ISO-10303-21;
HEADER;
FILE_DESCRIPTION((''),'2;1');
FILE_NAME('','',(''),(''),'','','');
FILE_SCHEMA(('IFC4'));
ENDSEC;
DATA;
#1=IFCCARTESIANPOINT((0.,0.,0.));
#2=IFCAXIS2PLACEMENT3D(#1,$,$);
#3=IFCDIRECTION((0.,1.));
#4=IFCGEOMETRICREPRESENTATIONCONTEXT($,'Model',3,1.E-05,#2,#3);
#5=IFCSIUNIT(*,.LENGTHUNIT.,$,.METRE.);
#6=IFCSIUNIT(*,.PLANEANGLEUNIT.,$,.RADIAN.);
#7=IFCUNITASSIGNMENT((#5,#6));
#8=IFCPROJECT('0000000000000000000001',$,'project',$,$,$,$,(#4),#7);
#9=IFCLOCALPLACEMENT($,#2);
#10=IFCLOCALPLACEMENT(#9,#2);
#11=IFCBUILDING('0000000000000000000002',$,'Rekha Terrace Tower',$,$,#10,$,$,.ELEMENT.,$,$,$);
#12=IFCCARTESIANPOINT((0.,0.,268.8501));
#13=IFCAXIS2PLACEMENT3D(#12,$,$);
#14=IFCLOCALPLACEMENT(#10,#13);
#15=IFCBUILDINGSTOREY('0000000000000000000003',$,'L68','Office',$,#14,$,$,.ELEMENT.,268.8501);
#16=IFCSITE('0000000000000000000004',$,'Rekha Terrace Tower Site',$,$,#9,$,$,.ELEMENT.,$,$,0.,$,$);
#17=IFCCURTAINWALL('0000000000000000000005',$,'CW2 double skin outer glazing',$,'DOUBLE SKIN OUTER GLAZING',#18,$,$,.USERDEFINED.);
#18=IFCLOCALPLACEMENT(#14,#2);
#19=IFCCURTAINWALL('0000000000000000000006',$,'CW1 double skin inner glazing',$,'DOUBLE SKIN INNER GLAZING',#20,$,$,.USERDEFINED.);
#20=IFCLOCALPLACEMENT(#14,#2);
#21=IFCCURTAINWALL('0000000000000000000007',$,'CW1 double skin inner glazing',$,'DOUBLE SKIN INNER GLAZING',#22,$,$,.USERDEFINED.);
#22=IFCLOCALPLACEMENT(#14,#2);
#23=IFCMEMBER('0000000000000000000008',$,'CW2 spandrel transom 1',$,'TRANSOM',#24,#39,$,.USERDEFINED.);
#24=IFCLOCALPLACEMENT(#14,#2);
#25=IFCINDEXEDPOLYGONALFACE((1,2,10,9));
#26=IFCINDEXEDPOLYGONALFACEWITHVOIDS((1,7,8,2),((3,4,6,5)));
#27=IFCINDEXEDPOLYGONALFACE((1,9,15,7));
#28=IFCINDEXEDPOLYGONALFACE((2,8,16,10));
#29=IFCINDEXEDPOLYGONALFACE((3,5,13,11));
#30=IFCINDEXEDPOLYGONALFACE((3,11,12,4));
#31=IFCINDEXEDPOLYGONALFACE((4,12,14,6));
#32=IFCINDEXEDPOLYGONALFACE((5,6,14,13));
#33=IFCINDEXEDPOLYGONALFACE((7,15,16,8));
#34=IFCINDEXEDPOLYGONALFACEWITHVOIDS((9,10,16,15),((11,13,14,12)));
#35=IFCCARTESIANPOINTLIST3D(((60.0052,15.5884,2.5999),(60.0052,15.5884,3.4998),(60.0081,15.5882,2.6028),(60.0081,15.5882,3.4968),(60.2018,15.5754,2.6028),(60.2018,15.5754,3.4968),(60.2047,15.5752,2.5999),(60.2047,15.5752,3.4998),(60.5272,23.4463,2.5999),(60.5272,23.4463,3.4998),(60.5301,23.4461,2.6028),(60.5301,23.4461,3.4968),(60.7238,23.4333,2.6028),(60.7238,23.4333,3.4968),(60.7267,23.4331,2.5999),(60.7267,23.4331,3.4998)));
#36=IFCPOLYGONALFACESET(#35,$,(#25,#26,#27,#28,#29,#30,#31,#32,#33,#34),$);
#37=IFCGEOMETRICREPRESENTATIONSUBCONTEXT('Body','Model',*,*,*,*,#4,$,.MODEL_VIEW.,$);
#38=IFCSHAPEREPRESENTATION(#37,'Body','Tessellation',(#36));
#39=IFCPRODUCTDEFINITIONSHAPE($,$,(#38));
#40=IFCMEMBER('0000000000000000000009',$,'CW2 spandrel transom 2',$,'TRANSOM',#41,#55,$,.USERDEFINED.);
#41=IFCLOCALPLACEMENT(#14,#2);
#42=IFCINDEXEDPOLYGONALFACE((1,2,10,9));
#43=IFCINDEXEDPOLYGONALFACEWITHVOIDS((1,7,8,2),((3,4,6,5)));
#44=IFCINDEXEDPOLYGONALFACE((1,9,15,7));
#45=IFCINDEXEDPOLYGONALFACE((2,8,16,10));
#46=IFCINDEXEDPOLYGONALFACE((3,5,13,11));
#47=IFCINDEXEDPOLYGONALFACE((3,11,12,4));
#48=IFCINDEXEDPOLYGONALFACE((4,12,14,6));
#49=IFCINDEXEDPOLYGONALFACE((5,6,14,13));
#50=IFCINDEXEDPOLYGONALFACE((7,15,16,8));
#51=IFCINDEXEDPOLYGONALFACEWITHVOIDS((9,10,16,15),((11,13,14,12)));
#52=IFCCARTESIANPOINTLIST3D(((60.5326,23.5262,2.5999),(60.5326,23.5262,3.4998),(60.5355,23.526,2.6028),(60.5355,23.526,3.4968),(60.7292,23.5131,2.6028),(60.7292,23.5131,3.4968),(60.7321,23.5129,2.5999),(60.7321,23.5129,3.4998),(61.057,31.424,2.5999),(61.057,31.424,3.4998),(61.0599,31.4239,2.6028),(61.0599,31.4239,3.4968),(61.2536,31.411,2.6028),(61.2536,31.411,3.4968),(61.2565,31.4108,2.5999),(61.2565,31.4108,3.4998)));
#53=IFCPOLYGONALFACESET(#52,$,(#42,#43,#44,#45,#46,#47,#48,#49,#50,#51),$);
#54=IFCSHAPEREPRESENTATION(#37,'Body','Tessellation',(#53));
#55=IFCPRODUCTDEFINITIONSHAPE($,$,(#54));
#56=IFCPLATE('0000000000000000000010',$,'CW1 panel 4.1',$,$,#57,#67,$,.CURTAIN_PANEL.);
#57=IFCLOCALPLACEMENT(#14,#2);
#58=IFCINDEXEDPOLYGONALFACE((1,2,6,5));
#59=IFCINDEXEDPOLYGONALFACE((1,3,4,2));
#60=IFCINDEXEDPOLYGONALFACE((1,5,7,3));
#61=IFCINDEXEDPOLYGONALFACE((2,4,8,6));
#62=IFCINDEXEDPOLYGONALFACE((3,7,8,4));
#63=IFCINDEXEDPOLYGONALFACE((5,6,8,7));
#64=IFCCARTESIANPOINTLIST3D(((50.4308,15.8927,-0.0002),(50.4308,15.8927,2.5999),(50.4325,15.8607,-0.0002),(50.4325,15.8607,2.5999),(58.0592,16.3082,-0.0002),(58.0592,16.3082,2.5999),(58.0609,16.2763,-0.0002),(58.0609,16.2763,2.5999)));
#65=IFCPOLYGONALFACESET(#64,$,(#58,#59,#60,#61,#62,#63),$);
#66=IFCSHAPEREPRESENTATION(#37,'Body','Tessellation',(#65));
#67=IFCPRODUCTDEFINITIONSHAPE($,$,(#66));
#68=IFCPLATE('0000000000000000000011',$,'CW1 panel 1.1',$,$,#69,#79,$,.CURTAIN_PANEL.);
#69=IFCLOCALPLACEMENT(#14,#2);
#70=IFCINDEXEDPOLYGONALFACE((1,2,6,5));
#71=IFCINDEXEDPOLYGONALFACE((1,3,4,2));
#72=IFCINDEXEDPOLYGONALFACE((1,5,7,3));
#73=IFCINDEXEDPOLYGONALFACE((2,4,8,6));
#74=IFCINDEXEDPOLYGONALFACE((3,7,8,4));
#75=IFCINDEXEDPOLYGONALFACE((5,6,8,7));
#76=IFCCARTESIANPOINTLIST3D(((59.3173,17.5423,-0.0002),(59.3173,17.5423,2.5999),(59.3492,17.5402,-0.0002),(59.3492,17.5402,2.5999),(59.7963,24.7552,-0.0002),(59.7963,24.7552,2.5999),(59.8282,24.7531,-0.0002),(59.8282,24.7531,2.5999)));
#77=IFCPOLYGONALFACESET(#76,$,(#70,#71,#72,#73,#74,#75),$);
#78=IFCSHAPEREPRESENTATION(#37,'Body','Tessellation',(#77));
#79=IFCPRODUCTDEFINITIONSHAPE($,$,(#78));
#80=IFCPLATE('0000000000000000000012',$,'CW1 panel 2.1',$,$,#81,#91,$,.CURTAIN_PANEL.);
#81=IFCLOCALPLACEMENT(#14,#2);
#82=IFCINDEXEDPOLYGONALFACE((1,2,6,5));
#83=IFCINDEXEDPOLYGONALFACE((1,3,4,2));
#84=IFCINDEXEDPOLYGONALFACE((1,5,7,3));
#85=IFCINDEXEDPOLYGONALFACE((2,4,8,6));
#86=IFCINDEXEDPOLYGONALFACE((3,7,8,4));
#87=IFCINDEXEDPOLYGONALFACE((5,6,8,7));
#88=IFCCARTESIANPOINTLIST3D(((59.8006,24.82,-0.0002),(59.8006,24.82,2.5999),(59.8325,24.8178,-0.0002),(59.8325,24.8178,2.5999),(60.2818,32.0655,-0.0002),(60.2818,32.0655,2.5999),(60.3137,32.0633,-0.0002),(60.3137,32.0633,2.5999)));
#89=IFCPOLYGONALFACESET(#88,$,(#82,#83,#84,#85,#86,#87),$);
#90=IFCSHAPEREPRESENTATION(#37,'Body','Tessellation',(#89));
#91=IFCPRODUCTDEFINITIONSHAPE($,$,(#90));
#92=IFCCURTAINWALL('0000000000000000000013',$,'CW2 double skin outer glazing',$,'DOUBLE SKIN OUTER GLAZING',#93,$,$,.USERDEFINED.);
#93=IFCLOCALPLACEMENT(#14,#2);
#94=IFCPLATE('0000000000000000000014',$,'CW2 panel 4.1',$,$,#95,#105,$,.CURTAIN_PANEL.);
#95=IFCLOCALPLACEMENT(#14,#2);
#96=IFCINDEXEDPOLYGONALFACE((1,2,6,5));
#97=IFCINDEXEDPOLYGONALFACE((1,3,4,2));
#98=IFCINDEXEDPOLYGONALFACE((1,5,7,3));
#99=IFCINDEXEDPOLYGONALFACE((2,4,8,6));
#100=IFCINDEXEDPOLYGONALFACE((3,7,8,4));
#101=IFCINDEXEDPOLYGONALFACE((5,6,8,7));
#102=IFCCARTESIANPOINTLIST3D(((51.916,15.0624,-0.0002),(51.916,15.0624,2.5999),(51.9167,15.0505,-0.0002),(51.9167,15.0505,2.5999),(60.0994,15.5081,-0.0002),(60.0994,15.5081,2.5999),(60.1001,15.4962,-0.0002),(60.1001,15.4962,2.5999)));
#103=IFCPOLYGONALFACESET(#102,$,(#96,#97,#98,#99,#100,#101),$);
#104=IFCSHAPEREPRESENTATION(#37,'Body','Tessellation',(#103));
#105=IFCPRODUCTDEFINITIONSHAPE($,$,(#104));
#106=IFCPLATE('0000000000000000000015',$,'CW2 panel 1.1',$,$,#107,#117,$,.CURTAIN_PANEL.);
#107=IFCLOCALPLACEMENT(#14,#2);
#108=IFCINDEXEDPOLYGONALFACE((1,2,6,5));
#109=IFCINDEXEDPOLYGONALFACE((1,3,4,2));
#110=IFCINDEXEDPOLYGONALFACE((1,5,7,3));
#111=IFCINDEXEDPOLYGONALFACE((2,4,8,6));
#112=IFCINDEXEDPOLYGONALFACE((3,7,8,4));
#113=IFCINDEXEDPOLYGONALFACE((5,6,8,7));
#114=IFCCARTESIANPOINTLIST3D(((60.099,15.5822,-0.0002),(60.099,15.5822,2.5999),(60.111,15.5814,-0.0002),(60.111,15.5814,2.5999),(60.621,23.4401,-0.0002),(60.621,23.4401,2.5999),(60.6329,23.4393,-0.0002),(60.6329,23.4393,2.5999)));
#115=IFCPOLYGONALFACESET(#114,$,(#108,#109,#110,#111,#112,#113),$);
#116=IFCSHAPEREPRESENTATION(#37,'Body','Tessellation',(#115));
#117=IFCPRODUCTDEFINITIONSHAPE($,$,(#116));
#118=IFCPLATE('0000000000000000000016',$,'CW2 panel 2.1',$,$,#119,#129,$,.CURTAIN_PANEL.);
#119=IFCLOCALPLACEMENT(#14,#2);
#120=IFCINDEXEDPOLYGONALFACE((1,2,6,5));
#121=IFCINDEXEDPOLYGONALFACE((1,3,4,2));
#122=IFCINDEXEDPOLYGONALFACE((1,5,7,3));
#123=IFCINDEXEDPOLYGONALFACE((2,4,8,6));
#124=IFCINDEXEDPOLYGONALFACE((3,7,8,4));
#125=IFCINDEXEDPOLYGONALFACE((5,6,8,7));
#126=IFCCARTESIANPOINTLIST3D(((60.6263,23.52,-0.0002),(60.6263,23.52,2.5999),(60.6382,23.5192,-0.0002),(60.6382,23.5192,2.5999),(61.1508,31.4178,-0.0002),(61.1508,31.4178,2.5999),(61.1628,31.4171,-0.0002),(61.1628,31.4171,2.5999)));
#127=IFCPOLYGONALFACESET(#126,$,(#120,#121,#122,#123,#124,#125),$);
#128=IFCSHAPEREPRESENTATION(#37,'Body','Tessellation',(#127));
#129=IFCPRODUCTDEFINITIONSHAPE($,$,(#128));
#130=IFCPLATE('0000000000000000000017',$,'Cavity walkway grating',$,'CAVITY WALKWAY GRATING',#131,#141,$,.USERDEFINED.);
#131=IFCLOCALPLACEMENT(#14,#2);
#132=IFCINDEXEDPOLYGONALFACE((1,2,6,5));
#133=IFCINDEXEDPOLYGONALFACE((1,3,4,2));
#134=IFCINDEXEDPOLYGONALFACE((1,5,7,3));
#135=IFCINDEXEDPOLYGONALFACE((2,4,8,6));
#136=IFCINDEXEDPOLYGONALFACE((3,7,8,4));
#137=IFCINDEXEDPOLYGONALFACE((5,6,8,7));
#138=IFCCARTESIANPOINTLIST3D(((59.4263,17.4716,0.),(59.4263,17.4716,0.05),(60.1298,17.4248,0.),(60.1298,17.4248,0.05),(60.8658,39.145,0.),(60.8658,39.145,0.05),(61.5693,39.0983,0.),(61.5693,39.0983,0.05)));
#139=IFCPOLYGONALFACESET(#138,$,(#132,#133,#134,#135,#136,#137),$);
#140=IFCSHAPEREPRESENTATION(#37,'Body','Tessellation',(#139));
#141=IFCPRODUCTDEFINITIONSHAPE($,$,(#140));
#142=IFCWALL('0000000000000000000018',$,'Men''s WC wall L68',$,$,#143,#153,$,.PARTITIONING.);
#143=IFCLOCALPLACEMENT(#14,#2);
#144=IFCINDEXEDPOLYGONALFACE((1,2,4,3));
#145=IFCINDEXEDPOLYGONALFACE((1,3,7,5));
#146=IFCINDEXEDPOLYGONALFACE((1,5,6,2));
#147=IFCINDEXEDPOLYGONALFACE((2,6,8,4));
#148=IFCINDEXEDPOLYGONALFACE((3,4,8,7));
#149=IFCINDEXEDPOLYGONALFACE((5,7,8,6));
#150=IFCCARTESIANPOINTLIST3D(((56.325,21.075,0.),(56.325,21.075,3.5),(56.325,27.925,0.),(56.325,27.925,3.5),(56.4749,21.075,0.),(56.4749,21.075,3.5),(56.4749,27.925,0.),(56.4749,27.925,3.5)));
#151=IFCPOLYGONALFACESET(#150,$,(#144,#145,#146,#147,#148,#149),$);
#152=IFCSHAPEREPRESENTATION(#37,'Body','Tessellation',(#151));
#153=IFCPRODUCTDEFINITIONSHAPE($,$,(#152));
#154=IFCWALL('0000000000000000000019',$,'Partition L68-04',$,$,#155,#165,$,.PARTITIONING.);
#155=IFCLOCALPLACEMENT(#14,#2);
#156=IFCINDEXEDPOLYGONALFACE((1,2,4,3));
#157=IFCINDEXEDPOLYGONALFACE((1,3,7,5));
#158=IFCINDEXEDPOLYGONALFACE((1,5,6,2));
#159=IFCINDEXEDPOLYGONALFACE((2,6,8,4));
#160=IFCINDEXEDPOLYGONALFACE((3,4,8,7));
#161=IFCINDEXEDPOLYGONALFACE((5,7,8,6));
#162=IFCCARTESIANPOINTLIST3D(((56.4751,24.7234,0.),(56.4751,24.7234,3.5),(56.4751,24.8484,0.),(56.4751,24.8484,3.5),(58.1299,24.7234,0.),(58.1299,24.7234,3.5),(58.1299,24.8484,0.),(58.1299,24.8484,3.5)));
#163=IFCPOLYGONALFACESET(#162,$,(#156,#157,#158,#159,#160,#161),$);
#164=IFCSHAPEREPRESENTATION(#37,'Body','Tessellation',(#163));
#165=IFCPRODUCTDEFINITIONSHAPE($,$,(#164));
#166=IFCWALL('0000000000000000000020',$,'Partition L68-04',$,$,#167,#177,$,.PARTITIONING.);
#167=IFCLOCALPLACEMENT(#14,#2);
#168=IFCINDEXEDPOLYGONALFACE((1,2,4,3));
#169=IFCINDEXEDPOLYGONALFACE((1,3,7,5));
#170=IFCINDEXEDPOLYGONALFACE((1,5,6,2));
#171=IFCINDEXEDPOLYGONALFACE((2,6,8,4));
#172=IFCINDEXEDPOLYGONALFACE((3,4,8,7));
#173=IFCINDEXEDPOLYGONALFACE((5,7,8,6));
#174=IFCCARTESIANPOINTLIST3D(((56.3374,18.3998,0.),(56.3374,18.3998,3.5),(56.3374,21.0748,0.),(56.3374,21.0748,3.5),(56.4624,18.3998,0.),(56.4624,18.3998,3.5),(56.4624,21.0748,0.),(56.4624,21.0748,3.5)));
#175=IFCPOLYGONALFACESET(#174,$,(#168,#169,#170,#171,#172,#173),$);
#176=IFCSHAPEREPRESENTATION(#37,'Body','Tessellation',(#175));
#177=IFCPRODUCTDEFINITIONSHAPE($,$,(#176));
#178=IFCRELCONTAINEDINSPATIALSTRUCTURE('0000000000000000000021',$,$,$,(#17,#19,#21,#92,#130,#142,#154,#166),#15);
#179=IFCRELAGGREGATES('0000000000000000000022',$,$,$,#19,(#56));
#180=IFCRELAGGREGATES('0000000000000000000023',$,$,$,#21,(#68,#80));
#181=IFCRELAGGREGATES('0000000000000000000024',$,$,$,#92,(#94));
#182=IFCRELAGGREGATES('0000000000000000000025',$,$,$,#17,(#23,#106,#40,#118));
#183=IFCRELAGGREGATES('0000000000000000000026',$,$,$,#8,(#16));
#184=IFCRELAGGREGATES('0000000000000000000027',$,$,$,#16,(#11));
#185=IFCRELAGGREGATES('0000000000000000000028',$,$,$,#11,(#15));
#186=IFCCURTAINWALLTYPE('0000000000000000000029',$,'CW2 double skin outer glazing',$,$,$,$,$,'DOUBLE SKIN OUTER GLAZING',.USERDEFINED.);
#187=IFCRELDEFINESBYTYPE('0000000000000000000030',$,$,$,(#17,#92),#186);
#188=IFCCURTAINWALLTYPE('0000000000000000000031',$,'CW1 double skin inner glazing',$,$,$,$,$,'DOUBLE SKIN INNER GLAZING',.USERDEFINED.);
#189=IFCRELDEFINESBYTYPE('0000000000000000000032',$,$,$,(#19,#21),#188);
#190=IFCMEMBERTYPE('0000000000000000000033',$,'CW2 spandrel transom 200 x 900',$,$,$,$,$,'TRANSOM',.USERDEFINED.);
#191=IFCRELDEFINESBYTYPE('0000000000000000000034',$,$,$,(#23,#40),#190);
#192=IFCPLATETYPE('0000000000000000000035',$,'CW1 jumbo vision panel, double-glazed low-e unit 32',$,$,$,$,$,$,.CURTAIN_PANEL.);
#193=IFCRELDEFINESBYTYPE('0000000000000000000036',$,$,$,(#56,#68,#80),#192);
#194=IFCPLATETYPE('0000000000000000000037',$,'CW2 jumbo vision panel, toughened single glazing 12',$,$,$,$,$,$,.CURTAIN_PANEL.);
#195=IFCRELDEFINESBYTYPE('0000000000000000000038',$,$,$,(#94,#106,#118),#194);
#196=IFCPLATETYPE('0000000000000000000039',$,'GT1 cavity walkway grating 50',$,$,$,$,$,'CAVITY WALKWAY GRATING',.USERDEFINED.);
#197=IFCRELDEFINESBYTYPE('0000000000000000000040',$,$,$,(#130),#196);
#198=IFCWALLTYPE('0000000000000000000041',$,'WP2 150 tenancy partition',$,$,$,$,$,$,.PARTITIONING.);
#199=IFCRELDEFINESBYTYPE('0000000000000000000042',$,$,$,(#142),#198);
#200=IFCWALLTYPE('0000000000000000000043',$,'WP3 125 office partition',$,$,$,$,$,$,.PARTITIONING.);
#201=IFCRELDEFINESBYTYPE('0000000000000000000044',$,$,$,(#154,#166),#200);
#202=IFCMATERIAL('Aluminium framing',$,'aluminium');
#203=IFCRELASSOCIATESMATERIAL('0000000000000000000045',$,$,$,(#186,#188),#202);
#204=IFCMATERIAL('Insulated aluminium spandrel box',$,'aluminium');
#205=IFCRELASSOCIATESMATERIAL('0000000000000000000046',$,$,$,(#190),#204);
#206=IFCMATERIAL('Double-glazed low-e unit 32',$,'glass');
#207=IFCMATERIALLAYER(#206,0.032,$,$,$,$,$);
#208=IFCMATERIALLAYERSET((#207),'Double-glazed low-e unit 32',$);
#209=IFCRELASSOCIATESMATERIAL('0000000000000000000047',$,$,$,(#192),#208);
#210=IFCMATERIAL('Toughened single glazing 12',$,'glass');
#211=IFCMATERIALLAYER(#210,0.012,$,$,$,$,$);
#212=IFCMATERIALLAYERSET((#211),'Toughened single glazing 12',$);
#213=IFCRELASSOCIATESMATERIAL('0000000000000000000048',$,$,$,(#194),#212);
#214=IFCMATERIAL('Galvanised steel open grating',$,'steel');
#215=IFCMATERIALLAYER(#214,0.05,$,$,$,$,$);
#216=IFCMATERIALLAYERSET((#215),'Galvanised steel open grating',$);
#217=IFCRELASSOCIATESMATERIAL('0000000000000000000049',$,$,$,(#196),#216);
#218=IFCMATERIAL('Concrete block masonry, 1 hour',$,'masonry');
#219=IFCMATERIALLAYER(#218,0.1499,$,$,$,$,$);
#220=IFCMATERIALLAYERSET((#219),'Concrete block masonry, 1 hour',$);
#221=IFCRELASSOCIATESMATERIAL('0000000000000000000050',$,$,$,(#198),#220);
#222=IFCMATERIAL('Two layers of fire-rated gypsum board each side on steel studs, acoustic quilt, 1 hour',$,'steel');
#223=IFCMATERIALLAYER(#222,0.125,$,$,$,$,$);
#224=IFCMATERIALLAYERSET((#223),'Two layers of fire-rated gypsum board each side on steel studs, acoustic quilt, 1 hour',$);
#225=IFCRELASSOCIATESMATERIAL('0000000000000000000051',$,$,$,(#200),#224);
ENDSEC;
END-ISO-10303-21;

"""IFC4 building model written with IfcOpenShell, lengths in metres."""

from ifc_helpers import new_model, si_unit, direction, frame, frame_2d, origin, origin_2d, place, context, subcontext, project, spatial, rectangle, hollow_rectangle, extrude, material, layer, layer_set, material_profile, profile_set, type_object, element, aggregate, save


model = new_model("IFC4")

# Units and contexts
model_context = context("Model", 3, precision=1e-05, world=origin(), true_north=direction((0.0, 1.0)))
body_context = subcontext(model_context, "Body", "Model", "MODEL_VIEW")
ifc_project = project(units=[si_unit("LENGTHUNIT", "METRE"), si_unit("PLANEANGLEUNIT", "RADIAN")], contexts=[model_context])

# Site, building, storey
site_placement = place(None, origin())
site = spatial("IfcSite", under=ifc_project, at=site_placement, Name="Rekha Terrace Tower Site", CompositionType="ELEMENT", RefElevation=0.0)
building_placement = place(site_placement, origin())
building = spatial("IfcBuilding", under=site, at=building_placement, Name="Rekha Terrace Tower", CompositionType="ELEMENT")
storey_placement = place(building_placement, frame((0.0, 0.0, 268.8501)))
storey = spatial("IfcBuildingStorey", under=building, at=storey_placement, Name="L68", Description="Office", CompositionType="ELEMENT", Elevation=268.8501)

# Curtain walls
ifc_material_1 = material(Name="Aluminium framing", Category="aluminium")
curtain_wall_type_1 = type_object("IfcCurtainWallType", Name="CW2 double skin outer glazing", ElementType="DOUBLE SKIN OUTER GLAZING", PredefinedType="USERDEFINED", material=ifc_material_1)
curtain_wall_1_placement = place(storey_placement, origin())
curtain_wall_1 = element("IfcCurtainWall", 1, at=curtain_wall_1_placement, inside=storey, type_object=curtain_wall_type_1, Name="CW2 double skin outer glazing", ObjectType="DOUBLE SKIN OUTER GLAZING", PredefinedType="USERDEFINED")
curtain_wall_type_2 = type_object("IfcCurtainWallType", Name="CW1 double skin inner glazing", ElementType="DOUBLE SKIN INNER GLAZING", PredefinedType="USERDEFINED", material=ifc_material_1)
curtain_wall_2_placement = place(storey_placement, origin())
curtain_wall_2 = element("IfcCurtainWall", 2, at=curtain_wall_2_placement, inside=storey, type_object=curtain_wall_type_2, Name="CW1 double skin inner glazing", ObjectType="DOUBLE SKIN INNER GLAZING", PredefinedType="USERDEFINED")

# Curtain wall
curtain_wall_3_placement = place(storey_placement, origin())
curtain_wall_3 = element("IfcCurtainWall", 3, at=curtain_wall_3_placement, inside=storey, type_object=curtain_wall_type_2, Name="CW1 double skin inner glazing", ObjectType="DOUBLE SKIN INNER GLAZING", PredefinedType="USERDEFINED")
ifc_material_2 = material(Name="Insulated aluminium spandrel box", Category="aluminium")

# Members
ifc_material_profile_1 = material_profile(ifc_material_2, hollow_rectangle(XDim=0.2, YDim=0.8999, WallThickness=0.0029, at=origin_2d()), Name="AL SPANDREL BOX 200x900")
ifc_profile_set_1 = profile_set([ifc_material_profile_1], Name="Insulated aluminium spandrel box")
member_type_1 = type_object("IfcMemberType", Name="CW2 spandrel transom 200 x 900", ElementType="TRANSOM", PredefinedType="USERDEFINED", material=ifc_profile_set_1)
member_1_placement = place(storey_placement, frame((60.105, 15.5818, 3.0498), z_axis=(0.06628, 0.997801, 0.0), x_axis=(-0.997801, 0.06628, 0.0)))
member_1 = element("IfcMember", 4, at=member_1_placement, type_object=member_type_1, Name="CW2 spandrel transom 1", ObjectType="TRANSOM", PredefinedType="USERDEFINED", context=body_context, shape_type="SweptSolid", body=[
    extrude(hollow_rectangle(XDim=0.2, YDim=0.8999, WallThickness=0.0029, at=origin_2d()), origin(), (0.0, 0.0, 1.0), 7.8752),
])
member_2_placement = place(storey_placement, frame((60.6323, 23.5195, 3.0498), z_axis=(0.066253, 0.997803, 0.0), x_axis=(-0.997803, 0.066253, 0.0)))
member_2 = element("IfcMember", 5, at=member_2_placement, type_object=member_type_1, Name="CW2 spandrel transom 2", ObjectType="TRANSOM", PredefinedType="USERDEFINED", context=body_context, shape_type="SweptSolid", body=[
    extrude(hollow_rectangle(XDim=0.2, YDim=0.8999, WallThickness=0.0029, at=origin_2d()), origin(), (0.0, 0.0, 1.0), 7.9153),
])

# Plates
ifc_material_3 = material(Name="Double-glazed low-e unit 32", Category="glass")
ifc_layer_1 = layer(ifc_material_3, 0.032)
ifc_layer_set_1 = layer_set([ifc_layer_1], Name="Double-glazed low-e unit 32")
plate_type_1 = type_object("IfcPlateType", Name="CW1 jumbo vision panel, double-glazed low-e unit 32", PredefinedType="CURTAIN_PANEL", material=ifc_layer_set_1)
plate_1_placement = place(storey_placement, frame((54.2458, 16.0845, -0.0002), z_axis=(0.0, 0.0, 1.0), x_axis=(0.99852, 0.054389, 0.0)))
plate_1 = element("IfcPlate", 6, at=plate_1_placement, type_object=plate_type_1, Name="CW1 panel 4.1", PredefinedType="CURTAIN_PANEL", context=body_context, shape_type="SweptSolid", body=[
    extrude(rectangle(XDim=7.6396, YDim=0.032, at=origin_2d()), origin(), (0.0, 0.0, 1.0), 2.6001),
])
aggregate(curtain_wall_2, [plate_1])
plate_2_placement = place(storey_placement, frame((59.5728, 21.1477, -0.0002), z_axis=(0.0, 0.0, 1.0), x_axis=(0.066272, 0.997802, 0.0)))
plate_2 = element("IfcPlate", 7, at=plate_2_placement, type_object=plate_type_1, Name="CW1 panel 1.1", PredefinedType="CURTAIN_PANEL", context=body_context, shape_type="SweptSolid", body=[
    extrude(rectangle(XDim=7.2288, YDim=0.032, at=origin_2d()), origin(), (0.0, 0.0, 1.0), 2.6001),
])
plate_3_placement = place(storey_placement, frame((60.0571, 28.4417, -0.0002), z_axis=(0.0, 0.0, 1.0), x_axis=(0.066272, 0.997802, 0.0)))
plate_3 = element("IfcPlate", 8, at=plate_3_placement, type_object=plate_type_1, Name="CW1 panel 2.1", PredefinedType="CURTAIN_PANEL", context=body_context, shape_type="SweptSolid", body=[
    extrude(rectangle(XDim=7.2615, YDim=0.032, at=origin_2d()), origin(), (0.0, 0.0, 1.0), 2.6001),
])
aggregate(curtain_wall_3, [plate_2, plate_3])

# Curtain wall, plate
curtain_wall_4_placement = place(storey_placement, origin())
curtain_wall_4 = element("IfcCurtainWall", 9, at=curtain_wall_4_placement, inside=storey, type_object=curtain_wall_type_1, Name="CW2 double skin outer glazing", ObjectType="DOUBLE SKIN OUTER GLAZING", PredefinedType="USERDEFINED")
ifc_material_4 = material(Name="Toughened single glazing 12", Category="glass")
ifc_layer_2 = layer(ifc_material_4, 0.012)
ifc_layer_set_2 = layer_set([ifc_layer_2], Name="Toughened single glazing 12")
plate_type_2 = type_object("IfcPlateType", Name="CW2 jumbo vision panel, toughened single glazing 12", PredefinedType="CURTAIN_PANEL", material=ifc_layer_set_2)
plate_4_placement = place(storey_placement, frame((56.0081, 15.2793, -0.0002), z_axis=(0.0, 0.0, 1.0), x_axis=(0.99852, 0.054389, 0.0)))
plate_4 = element("IfcPlate", 10, at=plate_4_placement, type_object=plate_type_2, Name="CW2 panel 4.1", PredefinedType="CURTAIN_PANEL", context=body_context, shape_type="SweptSolid", body=[
    extrude(rectangle(XDim=8.1956, YDim=0.012, at=origin_2d()), origin(), (0.0, 0.0, 1.0), 2.6001),
])
aggregate(curtain_wall_4, [plate_4])

# Plates
plate_5_placement = place(storey_placement, frame((60.366, 19.5107, -0.0002), z_axis=(0.0, 0.0, 1.0), x_axis=(0.066272, 0.997802, 0.0)))
plate_5 = element("IfcPlate", 11, at=plate_5_placement, type_object=plate_type_2, Name="CW2 panel 1.1", PredefinedType="CURTAIN_PANEL", context=body_context, shape_type="SweptSolid", body=[
    extrude(rectangle(XDim=7.8752, YDim=0.012, at=origin_2d()), origin(), (0.0, 0.0, 1.0), 2.6001),
])
plate_6_placement = place(storey_placement, frame((60.8945, 27.4685, -0.0002), z_axis=(0.0, 0.0, 1.0), x_axis=(0.066272, 0.997802, 0.0)))
plate_6 = element("IfcPlate", 12, at=plate_6_placement, type_object=plate_type_2, Name="CW2 panel 2.1", PredefinedType="CURTAIN_PANEL", context=body_context, shape_type="SweptSolid", body=[
    extrude(rectangle(XDim=7.9153, YDim=0.012, at=origin_2d()), origin(), (0.0, 0.0, 1.0), 2.6001),
])
aggregate(curtain_wall_1, [member_1, plate_5, member_2, plate_6])
ifc_material_5 = material(Name="Galvanised steel open grating", Category="steel")
ifc_layer_3 = layer(ifc_material_5, 0.05)
ifc_layer_set_3 = layer_set([ifc_layer_3], Name="Galvanised steel open grating")
plate_type_3 = type_object("IfcPlateType", Name="GT1 cavity walkway grating 50", ElementType="CAVITY WALKWAY GRATING", PredefinedType="USERDEFINED", material=ifc_layer_set_3)
plate_7_placement = place(storey_placement, frame((60.4978, 28.2849, 0.0), z_axis=(0.0, 0.0, 1.0), x_axis=(0.066272, 0.997802, 0.0)))
element("IfcPlate", 13, at=plate_7_placement, inside=storey, type_object=plate_type_3, Name="Cavity walkway grating", ObjectType="CAVITY WALKWAY GRATING", PredefinedType="USERDEFINED", context=body_context, shape_type="SweptSolid", body=[
    extrude(rectangle(XDim=21.7212, YDim=0.7051, at=origin_2d()), origin(), (0.0, 0.0, 1.0), 0.05),
])

# Walls
ifc_material_6 = material(Name="Concrete block masonry, 1 hour", Category="masonry")
ifc_layer_4 = layer(ifc_material_6, 0.1499)
ifc_layer_set_4 = layer_set([ifc_layer_4], Name="Concrete block masonry, 1 hour")
wall_type_1 = type_object("IfcWallType", Name="WP2 150 tenancy partition", PredefinedType="PARTITIONING", material=ifc_layer_set_4)
wall_1_placement = place(storey_placement, frame((56.3999, 21.075, 0.0), z_axis=(0.0, 0.0, 1.0), x_axis=(0.0, 1.0, 0.0)))
element("IfcWall", 14, at=wall_1_placement, inside=storey, type_object=wall_type_1, Name="Men's WC wall L68", PredefinedType="PARTITIONING", context=body_context, shape_type="SweptSolid", body=[
    extrude(rectangle(XDim=6.8501, YDim=0.1499, at=frame_2d((3.425, 0.0))), origin(), (0.0, 0.0, 1.0), 3.5),
])
ifc_material_7 = material(Name="Two layers of fire-rated gypsum board each side on steel studs, acoustic quilt, 1 hour", Category="steel")
ifc_layer_5 = layer(ifc_material_7, 0.125)
ifc_layer_set_5 = layer_set([ifc_layer_5], Name="Two layers of fire-rated gypsum board each side on steel studs, acoustic quilt, 1 hour")
wall_type_2 = type_object("IfcWallType", Name="WP3 125 office partition", PredefinedType="PARTITIONING", material=ifc_layer_set_5)
wall_2_placement = place(storey_placement, frame((56.4751, 24.7859, 0.0), z_axis=(0.0, 0.0, 1.0), x_axis=(1.0, 0.0, 0.0)))
element("IfcWall", 15, at=wall_2_placement, inside=storey, type_object=wall_type_2, Name="Partition L68-04", PredefinedType="PARTITIONING", context=body_context, shape_type="SweptSolid", body=[
    extrude(rectangle(XDim=1.6548, YDim=0.125, at=frame_2d((0.8274, 0.0))), origin(), (0.0, 0.0, 1.0), 3.5),
])
wall_3_placement = place(storey_placement, frame((56.3999, 18.3999, 0.0), z_axis=(0.0, 0.0, 1.0), x_axis=(0.0, 1.0, 0.0)))
element("IfcWall", 16, at=wall_3_placement, inside=storey, type_object=wall_type_2, Name="Partition L68-04", PredefinedType="PARTITIONING", context=body_context, shape_type="SweptSolid", body=[
    extrude(rectangle(XDim=2.675, YDim=0.125, at=frame_2d((1.3374, 0.0))), origin(), (0.0, 0.0, 1.0), 3.5),
])

save(model, "model.ifc")
